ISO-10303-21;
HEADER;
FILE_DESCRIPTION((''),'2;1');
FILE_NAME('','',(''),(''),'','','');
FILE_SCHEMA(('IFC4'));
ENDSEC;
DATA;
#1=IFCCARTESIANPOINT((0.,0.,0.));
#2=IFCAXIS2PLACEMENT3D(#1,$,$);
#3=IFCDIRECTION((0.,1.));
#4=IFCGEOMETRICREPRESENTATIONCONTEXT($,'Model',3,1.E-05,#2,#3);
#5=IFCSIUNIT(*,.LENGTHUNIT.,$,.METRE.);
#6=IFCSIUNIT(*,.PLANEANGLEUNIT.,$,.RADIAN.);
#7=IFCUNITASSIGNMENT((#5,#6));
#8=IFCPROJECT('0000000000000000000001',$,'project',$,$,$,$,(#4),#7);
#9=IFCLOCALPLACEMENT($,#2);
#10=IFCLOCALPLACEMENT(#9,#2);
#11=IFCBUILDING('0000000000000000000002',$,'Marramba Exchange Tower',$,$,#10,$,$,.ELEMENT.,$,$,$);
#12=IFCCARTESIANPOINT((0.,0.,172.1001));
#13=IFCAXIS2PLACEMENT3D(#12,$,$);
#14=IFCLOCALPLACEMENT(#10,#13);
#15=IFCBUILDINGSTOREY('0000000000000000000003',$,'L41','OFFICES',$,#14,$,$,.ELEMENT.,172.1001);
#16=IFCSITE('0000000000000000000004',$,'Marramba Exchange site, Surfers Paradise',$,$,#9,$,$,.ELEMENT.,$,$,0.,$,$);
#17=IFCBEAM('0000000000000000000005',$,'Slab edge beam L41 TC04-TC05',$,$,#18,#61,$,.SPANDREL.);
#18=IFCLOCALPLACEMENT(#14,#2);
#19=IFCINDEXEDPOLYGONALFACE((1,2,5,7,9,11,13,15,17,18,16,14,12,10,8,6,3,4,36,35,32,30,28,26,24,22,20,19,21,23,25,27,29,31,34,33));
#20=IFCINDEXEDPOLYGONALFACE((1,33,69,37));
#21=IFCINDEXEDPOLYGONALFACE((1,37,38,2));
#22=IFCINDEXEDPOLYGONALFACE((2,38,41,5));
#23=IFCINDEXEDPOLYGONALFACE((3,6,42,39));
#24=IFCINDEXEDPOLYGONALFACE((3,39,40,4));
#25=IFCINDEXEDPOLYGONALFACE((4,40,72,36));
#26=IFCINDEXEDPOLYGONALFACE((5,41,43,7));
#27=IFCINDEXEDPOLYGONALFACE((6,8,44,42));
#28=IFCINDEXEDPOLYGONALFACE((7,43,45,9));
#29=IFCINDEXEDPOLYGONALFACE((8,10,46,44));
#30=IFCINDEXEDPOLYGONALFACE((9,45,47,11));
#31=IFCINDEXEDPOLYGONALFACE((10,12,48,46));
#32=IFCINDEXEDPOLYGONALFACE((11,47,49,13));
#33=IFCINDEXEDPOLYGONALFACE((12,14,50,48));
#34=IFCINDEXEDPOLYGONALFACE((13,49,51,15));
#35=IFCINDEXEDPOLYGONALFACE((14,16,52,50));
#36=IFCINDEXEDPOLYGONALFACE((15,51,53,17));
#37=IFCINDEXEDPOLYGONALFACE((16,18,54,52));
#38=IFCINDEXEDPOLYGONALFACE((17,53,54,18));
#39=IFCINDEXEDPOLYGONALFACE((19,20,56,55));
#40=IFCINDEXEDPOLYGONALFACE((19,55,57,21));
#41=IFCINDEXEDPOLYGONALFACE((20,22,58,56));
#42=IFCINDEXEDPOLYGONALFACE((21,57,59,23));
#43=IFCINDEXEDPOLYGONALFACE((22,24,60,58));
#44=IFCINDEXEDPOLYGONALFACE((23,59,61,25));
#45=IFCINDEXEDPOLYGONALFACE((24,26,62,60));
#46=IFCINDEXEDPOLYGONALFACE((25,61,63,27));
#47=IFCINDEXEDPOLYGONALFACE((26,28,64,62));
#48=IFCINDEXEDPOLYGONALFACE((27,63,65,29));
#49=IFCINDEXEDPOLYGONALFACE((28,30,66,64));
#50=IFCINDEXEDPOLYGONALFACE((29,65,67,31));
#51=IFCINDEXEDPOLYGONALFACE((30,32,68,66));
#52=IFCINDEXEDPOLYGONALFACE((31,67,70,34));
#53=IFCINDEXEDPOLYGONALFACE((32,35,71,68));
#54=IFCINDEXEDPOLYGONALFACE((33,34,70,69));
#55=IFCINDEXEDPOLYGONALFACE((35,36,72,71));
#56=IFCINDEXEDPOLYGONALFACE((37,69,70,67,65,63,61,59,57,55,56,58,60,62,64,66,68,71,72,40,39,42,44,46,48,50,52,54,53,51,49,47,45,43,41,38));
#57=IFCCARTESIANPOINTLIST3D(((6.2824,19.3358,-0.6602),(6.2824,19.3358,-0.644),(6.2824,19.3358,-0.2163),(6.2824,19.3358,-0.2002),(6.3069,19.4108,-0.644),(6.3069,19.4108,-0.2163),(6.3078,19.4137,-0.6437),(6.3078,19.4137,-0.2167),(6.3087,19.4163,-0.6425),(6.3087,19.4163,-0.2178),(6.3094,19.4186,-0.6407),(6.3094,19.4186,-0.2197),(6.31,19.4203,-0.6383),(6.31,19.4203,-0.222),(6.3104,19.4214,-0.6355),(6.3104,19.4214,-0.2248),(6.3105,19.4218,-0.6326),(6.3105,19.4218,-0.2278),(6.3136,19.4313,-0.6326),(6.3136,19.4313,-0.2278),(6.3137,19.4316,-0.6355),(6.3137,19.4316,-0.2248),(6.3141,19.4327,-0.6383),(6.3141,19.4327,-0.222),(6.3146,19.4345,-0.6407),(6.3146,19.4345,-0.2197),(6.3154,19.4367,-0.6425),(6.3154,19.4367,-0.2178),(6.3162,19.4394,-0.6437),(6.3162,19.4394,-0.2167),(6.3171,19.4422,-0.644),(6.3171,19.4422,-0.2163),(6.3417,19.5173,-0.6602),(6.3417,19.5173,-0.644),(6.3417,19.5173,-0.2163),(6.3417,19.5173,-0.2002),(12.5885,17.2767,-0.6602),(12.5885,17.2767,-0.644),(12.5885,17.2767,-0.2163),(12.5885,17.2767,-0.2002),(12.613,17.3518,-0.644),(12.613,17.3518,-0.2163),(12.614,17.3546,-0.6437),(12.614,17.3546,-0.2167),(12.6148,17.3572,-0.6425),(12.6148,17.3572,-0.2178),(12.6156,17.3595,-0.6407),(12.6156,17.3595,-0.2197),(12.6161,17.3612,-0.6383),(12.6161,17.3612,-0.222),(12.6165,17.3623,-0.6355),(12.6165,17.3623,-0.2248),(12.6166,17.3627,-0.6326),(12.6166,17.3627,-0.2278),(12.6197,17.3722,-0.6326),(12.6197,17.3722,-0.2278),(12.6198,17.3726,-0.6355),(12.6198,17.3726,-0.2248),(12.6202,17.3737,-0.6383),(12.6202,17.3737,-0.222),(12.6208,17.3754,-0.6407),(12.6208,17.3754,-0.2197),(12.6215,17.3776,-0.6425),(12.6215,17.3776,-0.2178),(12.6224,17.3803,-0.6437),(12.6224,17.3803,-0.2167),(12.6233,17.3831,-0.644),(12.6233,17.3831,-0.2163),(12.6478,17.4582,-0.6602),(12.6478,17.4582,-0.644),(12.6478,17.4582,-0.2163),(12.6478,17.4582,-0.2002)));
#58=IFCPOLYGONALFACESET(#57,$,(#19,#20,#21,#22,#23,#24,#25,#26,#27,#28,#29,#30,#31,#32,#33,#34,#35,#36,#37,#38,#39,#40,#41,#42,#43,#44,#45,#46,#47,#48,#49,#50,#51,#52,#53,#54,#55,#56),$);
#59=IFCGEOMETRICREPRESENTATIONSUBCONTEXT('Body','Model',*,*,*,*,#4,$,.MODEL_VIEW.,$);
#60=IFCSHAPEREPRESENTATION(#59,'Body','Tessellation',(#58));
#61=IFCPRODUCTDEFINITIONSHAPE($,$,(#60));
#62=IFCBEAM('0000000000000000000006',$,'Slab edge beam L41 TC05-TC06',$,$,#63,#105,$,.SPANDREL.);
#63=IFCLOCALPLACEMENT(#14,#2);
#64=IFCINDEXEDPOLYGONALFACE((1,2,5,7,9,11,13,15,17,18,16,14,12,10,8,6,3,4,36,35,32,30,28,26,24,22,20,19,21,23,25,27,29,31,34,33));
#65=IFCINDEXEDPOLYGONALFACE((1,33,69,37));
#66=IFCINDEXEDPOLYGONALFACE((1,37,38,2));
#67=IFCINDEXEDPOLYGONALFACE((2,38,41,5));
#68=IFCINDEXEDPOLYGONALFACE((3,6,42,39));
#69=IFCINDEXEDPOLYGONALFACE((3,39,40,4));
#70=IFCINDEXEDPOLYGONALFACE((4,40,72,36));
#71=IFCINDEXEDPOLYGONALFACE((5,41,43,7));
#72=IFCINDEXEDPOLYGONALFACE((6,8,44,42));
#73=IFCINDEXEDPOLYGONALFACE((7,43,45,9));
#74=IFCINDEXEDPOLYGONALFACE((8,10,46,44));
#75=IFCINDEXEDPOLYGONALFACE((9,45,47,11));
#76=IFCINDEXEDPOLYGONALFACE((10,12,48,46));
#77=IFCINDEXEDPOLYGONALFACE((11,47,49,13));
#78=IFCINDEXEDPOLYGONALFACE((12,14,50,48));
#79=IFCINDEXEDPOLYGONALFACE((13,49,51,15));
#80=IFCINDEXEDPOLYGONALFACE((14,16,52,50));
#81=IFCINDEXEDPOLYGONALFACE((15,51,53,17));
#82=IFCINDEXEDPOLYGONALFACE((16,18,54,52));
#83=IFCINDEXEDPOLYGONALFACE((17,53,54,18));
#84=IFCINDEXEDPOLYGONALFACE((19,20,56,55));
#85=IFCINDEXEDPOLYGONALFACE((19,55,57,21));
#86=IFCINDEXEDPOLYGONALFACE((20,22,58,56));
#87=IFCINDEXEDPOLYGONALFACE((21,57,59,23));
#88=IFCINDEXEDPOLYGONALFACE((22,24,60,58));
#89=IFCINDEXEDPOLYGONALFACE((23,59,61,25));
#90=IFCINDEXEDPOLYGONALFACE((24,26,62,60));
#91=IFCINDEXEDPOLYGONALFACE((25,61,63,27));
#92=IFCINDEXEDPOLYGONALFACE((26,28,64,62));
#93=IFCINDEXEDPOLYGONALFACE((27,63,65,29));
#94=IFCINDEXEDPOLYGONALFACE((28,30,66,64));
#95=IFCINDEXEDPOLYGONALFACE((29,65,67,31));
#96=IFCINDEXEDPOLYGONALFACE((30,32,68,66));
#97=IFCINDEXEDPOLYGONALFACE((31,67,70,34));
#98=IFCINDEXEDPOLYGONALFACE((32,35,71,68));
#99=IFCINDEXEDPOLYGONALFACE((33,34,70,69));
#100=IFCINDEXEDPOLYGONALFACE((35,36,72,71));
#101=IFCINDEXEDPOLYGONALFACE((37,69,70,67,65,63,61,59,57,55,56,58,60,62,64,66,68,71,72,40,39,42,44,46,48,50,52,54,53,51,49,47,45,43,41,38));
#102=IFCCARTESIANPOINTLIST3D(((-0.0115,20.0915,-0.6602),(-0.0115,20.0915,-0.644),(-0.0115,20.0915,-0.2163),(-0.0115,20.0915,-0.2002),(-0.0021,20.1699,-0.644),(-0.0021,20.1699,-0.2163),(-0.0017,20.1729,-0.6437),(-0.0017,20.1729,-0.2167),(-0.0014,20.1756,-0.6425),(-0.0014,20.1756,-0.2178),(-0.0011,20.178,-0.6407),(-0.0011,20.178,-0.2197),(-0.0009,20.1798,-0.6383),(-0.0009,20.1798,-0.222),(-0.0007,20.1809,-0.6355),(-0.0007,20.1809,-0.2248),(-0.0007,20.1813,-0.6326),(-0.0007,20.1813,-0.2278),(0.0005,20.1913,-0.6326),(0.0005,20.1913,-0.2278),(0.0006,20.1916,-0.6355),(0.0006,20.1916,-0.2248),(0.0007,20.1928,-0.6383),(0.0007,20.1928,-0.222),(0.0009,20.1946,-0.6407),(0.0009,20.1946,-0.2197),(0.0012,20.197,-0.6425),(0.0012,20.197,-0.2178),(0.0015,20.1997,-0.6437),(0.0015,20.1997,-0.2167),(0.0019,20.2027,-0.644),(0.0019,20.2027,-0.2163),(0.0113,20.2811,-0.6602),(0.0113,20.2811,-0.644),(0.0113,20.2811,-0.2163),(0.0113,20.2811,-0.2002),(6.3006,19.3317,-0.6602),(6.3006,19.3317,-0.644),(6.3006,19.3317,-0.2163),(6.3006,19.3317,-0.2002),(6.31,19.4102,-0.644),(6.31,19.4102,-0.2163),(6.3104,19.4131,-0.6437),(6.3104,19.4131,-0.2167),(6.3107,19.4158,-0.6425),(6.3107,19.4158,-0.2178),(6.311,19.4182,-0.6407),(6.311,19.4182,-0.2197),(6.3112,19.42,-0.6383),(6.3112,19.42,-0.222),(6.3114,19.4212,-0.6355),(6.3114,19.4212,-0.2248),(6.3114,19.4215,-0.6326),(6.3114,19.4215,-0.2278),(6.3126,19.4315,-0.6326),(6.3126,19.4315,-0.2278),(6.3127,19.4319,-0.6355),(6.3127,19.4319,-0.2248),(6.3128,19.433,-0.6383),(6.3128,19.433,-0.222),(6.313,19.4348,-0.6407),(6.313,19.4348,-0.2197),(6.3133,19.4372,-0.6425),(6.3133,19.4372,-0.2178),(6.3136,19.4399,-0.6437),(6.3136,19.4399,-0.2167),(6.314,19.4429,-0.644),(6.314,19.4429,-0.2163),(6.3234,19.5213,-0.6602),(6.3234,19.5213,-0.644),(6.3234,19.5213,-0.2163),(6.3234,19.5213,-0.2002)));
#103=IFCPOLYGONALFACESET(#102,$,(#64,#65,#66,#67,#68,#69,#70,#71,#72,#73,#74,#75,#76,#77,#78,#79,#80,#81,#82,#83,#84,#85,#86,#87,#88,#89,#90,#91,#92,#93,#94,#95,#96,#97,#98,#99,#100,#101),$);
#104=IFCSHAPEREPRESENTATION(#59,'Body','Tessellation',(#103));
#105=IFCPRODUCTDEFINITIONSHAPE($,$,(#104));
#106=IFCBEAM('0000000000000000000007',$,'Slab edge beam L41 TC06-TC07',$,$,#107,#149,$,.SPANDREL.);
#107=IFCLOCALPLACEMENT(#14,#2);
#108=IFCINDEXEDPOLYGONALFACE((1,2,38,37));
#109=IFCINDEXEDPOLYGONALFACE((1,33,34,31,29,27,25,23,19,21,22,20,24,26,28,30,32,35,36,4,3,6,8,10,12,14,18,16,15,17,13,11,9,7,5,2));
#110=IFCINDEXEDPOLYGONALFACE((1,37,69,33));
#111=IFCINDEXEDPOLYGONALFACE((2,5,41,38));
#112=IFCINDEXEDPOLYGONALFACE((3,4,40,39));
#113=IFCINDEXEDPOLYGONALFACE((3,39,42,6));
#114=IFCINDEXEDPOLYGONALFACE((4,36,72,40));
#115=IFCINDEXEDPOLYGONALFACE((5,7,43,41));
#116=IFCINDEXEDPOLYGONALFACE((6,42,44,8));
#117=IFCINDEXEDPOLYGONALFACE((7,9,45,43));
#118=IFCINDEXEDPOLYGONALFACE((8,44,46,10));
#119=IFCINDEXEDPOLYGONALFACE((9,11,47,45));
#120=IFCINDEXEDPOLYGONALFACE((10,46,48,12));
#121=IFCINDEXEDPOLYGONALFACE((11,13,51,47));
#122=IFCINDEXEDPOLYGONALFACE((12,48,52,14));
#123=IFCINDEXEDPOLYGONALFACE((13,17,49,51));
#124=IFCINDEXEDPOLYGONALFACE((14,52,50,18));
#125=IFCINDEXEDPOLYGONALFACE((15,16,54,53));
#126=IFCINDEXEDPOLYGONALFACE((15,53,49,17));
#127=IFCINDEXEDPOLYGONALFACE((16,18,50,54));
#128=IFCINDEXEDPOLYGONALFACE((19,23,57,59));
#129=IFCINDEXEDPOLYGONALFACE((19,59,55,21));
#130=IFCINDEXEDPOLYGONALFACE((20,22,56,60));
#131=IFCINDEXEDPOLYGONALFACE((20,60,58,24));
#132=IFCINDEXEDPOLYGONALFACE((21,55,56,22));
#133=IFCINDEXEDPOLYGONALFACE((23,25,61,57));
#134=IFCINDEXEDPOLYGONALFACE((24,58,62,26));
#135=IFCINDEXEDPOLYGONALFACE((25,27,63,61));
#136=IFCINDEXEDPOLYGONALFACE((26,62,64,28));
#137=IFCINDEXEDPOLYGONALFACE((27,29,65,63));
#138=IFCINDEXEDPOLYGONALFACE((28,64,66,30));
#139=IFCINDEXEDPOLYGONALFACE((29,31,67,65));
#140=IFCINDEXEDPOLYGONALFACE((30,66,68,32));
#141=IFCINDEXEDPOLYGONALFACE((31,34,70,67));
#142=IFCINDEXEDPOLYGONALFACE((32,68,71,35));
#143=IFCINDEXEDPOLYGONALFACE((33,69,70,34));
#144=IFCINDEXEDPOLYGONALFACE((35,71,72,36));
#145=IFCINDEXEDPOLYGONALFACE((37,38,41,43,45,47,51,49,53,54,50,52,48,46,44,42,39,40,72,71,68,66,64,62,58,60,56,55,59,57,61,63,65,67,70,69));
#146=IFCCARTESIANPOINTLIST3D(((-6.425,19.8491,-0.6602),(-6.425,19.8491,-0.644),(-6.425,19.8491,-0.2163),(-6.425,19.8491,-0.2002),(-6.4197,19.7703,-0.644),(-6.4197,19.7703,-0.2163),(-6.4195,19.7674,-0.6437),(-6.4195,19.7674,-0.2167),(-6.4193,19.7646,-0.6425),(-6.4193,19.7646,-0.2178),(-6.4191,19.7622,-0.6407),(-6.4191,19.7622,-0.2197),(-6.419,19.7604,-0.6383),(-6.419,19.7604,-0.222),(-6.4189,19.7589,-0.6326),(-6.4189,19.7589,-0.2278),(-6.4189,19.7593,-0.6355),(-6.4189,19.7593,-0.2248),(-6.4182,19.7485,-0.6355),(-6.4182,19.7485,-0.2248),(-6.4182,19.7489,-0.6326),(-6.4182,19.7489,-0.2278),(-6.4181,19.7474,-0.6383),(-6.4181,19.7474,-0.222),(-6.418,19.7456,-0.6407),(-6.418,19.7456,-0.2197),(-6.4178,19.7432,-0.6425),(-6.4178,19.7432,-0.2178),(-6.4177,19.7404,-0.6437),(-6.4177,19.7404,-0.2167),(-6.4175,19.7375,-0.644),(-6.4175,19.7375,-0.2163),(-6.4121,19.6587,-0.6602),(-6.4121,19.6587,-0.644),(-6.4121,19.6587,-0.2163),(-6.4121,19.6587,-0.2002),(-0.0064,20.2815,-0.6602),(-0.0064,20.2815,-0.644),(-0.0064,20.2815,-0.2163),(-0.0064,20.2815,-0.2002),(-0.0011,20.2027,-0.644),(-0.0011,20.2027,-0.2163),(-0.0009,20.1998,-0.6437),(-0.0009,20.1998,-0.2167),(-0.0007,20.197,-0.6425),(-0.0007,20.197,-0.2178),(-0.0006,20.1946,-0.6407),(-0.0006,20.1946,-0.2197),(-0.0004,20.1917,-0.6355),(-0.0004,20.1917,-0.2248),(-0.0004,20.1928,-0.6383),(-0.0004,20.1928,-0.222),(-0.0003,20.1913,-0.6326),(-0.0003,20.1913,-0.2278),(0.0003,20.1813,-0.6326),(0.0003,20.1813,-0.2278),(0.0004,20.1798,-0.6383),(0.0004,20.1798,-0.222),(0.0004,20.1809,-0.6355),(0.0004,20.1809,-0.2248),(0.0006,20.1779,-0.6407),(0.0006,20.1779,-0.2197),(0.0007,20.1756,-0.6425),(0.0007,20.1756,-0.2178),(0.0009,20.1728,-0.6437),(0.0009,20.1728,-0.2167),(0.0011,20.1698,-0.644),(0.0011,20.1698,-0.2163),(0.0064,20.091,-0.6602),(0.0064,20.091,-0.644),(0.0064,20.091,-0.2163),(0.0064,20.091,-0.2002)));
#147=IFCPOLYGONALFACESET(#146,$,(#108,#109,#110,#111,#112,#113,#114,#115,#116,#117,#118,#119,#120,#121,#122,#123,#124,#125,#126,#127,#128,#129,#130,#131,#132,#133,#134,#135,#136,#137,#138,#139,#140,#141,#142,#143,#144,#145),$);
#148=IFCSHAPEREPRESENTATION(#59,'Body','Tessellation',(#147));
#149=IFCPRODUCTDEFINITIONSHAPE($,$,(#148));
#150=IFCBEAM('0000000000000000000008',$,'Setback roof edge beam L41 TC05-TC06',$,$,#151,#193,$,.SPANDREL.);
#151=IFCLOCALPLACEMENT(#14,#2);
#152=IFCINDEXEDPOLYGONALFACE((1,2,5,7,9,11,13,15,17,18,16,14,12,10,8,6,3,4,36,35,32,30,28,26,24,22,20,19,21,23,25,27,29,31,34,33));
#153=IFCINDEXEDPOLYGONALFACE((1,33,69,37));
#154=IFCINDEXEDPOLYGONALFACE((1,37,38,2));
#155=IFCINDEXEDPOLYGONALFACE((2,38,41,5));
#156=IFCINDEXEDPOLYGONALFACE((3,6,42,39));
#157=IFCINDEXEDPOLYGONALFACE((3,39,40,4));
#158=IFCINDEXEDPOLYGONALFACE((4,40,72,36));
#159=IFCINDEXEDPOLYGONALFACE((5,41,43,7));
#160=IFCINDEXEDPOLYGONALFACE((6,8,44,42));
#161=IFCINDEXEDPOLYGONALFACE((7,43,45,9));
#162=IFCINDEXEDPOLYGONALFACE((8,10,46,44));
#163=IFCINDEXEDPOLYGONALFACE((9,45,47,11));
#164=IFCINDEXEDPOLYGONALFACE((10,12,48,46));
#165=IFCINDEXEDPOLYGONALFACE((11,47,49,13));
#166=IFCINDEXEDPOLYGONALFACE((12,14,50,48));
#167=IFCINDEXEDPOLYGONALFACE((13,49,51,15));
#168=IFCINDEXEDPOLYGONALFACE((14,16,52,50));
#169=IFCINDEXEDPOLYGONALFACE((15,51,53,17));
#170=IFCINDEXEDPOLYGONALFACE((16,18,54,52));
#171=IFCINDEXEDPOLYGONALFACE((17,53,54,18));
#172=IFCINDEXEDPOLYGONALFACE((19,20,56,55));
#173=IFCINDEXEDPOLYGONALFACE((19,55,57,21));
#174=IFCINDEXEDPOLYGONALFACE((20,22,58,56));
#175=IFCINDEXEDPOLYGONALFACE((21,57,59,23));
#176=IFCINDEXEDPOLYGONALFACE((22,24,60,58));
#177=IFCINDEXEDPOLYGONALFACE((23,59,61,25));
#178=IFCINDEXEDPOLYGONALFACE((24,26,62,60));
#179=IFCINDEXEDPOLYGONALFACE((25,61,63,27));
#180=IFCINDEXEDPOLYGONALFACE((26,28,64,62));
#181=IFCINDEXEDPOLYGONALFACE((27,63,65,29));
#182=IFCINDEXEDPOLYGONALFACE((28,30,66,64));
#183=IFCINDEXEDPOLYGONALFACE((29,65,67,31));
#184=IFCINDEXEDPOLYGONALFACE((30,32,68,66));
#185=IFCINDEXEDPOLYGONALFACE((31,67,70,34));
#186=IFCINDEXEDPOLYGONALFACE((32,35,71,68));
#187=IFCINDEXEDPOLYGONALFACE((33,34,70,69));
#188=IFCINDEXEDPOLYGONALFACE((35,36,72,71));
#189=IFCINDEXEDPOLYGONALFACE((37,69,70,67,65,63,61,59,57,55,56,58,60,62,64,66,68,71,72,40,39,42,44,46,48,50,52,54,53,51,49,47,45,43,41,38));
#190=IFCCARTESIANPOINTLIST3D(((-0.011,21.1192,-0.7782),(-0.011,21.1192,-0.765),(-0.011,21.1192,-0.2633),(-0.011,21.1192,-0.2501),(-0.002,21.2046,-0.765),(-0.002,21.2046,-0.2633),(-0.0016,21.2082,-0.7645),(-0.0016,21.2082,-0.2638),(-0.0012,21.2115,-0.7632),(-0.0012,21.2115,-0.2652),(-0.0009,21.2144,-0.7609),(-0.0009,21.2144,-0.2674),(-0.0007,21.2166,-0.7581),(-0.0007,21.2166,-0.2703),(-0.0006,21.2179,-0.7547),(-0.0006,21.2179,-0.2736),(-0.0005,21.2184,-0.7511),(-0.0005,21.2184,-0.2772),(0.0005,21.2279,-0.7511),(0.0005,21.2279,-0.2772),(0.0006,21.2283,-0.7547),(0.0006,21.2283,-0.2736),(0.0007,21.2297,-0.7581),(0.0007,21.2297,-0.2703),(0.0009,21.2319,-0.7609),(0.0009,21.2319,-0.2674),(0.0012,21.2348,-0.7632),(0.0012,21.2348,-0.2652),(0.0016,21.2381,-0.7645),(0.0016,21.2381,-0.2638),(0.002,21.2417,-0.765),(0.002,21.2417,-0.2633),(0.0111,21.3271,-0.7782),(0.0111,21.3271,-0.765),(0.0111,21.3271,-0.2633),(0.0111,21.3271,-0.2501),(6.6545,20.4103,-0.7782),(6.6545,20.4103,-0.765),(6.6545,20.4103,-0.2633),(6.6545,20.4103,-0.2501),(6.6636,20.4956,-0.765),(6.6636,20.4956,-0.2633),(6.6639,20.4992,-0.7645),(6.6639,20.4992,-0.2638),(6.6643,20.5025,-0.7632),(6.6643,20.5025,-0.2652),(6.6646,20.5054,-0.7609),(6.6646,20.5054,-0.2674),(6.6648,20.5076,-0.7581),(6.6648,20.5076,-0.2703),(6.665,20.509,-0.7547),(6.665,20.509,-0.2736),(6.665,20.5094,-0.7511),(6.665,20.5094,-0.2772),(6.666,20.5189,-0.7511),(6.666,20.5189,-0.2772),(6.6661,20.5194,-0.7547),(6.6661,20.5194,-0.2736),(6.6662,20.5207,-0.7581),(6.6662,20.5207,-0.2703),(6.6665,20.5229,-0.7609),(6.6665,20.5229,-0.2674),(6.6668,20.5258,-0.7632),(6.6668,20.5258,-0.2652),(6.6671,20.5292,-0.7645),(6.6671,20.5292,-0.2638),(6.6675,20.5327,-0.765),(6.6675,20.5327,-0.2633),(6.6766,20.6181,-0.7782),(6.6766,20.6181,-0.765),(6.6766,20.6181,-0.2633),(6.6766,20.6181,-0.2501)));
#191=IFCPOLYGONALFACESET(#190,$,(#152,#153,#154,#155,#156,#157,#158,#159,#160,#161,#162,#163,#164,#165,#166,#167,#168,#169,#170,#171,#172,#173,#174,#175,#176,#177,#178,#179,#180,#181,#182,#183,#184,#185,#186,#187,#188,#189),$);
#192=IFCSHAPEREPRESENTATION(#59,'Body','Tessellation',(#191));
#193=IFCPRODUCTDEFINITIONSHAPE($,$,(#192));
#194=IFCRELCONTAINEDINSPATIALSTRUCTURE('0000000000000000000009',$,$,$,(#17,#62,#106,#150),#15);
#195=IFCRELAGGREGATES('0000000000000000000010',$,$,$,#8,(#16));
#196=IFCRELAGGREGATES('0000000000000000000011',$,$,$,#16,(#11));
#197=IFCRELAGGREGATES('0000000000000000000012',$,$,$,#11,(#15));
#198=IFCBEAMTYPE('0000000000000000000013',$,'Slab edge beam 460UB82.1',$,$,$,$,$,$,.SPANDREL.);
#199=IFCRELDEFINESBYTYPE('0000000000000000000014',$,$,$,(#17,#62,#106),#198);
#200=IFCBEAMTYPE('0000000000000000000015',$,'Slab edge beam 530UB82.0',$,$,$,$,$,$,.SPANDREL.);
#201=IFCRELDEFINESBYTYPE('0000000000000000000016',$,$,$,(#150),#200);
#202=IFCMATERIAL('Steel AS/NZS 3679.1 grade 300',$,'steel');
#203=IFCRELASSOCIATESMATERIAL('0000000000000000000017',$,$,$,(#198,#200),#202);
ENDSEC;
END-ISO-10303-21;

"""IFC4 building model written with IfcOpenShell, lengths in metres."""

from ifc_helpers import new_model, si_unit, direction, frame, origin, origin_2d, place, context, subcontext, project, spatial, i_section, extrude, material, material_profile, profile_set, type_object, element, save


model = new_model("IFC4")

# Units and contexts
model_context = context("Model", 3, precision=1e-05, world=origin(), true_north=direction((0.0, 1.0)))
body_context = subcontext(model_context, "Body", "Model", "MODEL_VIEW")
ifc_project = project(units=[si_unit("LENGTHUNIT", "METRE"), si_unit("PLANEANGLEUNIT", "RADIAN")], contexts=[model_context])

# Site, building, storey
site_placement = place(None, origin())
site = spatial("IfcSite", under=ifc_project, at=site_placement, Name="Marramba Exchange site, Surfers Paradise", CompositionType="ELEMENT", RefElevation=0.0)
building_placement = place(site_placement, origin())
building = spatial("IfcBuilding", under=site, at=building_placement, Name="Marramba Exchange Tower", CompositionType="ELEMENT")
storey_placement = place(building_placement, frame((0.0, 0.0, 172.1001)))
storey = spatial("IfcBuildingStorey", under=building, at=storey_placement, Name="L41", Description="OFFICES", CompositionType="ELEMENT", Elevation=172.1001)

# Beams
ifc_material_1 = material(Name="Steel AS/NZS 3679.1 grade 300", Category="steel")
ifc_material_profile_1 = material_profile(ifc_material_1, i_section(OverallWidth=0.1909, OverallDepth=0.46, WebThickness=0.01, FlangeThickness=0.0161, FilletRadius=0.0115, at=origin_2d()), Name="460UB82.1")
ifc_profile_set_1 = profile_set([ifc_material_profile_1], Name="Steel AS/NZS 3679.1 grade 300")
beam_type_1 = type_object("IfcBeamType", Name="Slab edge beam 460UB82.1", PredefinedType="SPANDREL", material=ifc_profile_set_1)
beam_1_placement = place(storey_placement, frame((12.6182, 17.3674, -0.4302), z_axis=(-0.950609, 0.310392, 0.0), x_axis=(-0.310392, -0.950609, 0.0)))
element("IfcBeam", 1, at=beam_1_placement, inside=storey, type_object=beam_type_1, Name="Slab edge beam L41 TC04-TC05", PredefinedType="SPANDREL", context=body_context, shape_type="SweptSolid", body=[
    extrude(i_section(OverallWidth=0.1909, OverallDepth=0.46, WebThickness=0.01, FlangeThickness=0.0161, FilletRadius=0.0115, at=origin_2d()), origin(), (0.0, 0.0, 1.0), 6.6338),
])
beam_2_placement = place(storey_placement, frame((6.312, 19.4265, -0.4302), z_axis=(-0.992834, 0.119506, 0.0), x_axis=(-0.119506, -0.992834, 0.0)))
element("IfcBeam", 2, at=beam_2_placement, inside=storey, type_object=beam_type_1, Name="Slab edge beam L41 TC05-TC06", PredefinedType="SPANDREL", context=body_context, shape_type="SweptSolid", body=[
    extrude(i_section(OverallWidth=0.1909, OverallDepth=0.46, WebThickness=0.01, FlangeThickness=0.0161, FilletRadius=0.0115, at=origin_2d()), origin(), (0.0, 0.0, 1.0), 6.3577),
])
beam_3_placement = place(storey_placement, frame((0.0, 20.1863, -0.4302), z_axis=(-0.997739, -0.067212, 0.0), x_axis=(0.067212, -0.997739, 0.0)))
element("IfcBeam", 3, at=beam_3_placement, inside=storey, type_object=beam_type_1, Name="Slab edge beam L41 TC06-TC07", PredefinedType="SPANDREL", context=body_context, shape_type="SweptSolid", body=[
    extrude(i_section(OverallWidth=0.1909, OverallDepth=0.46, WebThickness=0.01, FlangeThickness=0.0161, FilletRadius=0.0115, at=origin_2d()), origin(), (0.0, 0.0, 1.0), 6.4331),
])
ifc_material_profile_2 = material_profile(ifc_material_1, i_section(OverallWidth=0.209, OverallDepth=0.5281, WebThickness=0.0095, FlangeThickness=0.0132, FilletRadius=0.0139, at=origin_2d()), Name="530UB82.0")
ifc_profile_set_2 = profile_set([ifc_material_profile_2], Name="Steel AS/NZS 3679.1 grade 300")
beam_type_2 = type_object("IfcBeamType", Name="Slab edge beam 530UB82.0", PredefinedType="SPANDREL", material=ifc_profile_set_2)
beam_4_placement = place(storey_placement, frame((6.6655, 20.5142, -0.5142), z_axis=(-0.994391, 0.105769, 0.0), x_axis=(-0.105769, -0.994391, 0.0)))
element("IfcBeam", 4, at=beam_4_placement, inside=storey, type_object=beam_type_2, Name="Setback roof edge beam L41 TC05-TC06", PredefinedType="SPANDREL", context=body_context, shape_type="SweptSolid", body=[
    extrude(i_section(OverallWidth=0.209, OverallDepth=0.5281, WebThickness=0.0095, FlangeThickness=0.0132, FilletRadius=0.0139, at=origin_2d()), origin(), (0.0, 0.0, 1.0), 6.7031),
])

save(model, "model.ifc")
